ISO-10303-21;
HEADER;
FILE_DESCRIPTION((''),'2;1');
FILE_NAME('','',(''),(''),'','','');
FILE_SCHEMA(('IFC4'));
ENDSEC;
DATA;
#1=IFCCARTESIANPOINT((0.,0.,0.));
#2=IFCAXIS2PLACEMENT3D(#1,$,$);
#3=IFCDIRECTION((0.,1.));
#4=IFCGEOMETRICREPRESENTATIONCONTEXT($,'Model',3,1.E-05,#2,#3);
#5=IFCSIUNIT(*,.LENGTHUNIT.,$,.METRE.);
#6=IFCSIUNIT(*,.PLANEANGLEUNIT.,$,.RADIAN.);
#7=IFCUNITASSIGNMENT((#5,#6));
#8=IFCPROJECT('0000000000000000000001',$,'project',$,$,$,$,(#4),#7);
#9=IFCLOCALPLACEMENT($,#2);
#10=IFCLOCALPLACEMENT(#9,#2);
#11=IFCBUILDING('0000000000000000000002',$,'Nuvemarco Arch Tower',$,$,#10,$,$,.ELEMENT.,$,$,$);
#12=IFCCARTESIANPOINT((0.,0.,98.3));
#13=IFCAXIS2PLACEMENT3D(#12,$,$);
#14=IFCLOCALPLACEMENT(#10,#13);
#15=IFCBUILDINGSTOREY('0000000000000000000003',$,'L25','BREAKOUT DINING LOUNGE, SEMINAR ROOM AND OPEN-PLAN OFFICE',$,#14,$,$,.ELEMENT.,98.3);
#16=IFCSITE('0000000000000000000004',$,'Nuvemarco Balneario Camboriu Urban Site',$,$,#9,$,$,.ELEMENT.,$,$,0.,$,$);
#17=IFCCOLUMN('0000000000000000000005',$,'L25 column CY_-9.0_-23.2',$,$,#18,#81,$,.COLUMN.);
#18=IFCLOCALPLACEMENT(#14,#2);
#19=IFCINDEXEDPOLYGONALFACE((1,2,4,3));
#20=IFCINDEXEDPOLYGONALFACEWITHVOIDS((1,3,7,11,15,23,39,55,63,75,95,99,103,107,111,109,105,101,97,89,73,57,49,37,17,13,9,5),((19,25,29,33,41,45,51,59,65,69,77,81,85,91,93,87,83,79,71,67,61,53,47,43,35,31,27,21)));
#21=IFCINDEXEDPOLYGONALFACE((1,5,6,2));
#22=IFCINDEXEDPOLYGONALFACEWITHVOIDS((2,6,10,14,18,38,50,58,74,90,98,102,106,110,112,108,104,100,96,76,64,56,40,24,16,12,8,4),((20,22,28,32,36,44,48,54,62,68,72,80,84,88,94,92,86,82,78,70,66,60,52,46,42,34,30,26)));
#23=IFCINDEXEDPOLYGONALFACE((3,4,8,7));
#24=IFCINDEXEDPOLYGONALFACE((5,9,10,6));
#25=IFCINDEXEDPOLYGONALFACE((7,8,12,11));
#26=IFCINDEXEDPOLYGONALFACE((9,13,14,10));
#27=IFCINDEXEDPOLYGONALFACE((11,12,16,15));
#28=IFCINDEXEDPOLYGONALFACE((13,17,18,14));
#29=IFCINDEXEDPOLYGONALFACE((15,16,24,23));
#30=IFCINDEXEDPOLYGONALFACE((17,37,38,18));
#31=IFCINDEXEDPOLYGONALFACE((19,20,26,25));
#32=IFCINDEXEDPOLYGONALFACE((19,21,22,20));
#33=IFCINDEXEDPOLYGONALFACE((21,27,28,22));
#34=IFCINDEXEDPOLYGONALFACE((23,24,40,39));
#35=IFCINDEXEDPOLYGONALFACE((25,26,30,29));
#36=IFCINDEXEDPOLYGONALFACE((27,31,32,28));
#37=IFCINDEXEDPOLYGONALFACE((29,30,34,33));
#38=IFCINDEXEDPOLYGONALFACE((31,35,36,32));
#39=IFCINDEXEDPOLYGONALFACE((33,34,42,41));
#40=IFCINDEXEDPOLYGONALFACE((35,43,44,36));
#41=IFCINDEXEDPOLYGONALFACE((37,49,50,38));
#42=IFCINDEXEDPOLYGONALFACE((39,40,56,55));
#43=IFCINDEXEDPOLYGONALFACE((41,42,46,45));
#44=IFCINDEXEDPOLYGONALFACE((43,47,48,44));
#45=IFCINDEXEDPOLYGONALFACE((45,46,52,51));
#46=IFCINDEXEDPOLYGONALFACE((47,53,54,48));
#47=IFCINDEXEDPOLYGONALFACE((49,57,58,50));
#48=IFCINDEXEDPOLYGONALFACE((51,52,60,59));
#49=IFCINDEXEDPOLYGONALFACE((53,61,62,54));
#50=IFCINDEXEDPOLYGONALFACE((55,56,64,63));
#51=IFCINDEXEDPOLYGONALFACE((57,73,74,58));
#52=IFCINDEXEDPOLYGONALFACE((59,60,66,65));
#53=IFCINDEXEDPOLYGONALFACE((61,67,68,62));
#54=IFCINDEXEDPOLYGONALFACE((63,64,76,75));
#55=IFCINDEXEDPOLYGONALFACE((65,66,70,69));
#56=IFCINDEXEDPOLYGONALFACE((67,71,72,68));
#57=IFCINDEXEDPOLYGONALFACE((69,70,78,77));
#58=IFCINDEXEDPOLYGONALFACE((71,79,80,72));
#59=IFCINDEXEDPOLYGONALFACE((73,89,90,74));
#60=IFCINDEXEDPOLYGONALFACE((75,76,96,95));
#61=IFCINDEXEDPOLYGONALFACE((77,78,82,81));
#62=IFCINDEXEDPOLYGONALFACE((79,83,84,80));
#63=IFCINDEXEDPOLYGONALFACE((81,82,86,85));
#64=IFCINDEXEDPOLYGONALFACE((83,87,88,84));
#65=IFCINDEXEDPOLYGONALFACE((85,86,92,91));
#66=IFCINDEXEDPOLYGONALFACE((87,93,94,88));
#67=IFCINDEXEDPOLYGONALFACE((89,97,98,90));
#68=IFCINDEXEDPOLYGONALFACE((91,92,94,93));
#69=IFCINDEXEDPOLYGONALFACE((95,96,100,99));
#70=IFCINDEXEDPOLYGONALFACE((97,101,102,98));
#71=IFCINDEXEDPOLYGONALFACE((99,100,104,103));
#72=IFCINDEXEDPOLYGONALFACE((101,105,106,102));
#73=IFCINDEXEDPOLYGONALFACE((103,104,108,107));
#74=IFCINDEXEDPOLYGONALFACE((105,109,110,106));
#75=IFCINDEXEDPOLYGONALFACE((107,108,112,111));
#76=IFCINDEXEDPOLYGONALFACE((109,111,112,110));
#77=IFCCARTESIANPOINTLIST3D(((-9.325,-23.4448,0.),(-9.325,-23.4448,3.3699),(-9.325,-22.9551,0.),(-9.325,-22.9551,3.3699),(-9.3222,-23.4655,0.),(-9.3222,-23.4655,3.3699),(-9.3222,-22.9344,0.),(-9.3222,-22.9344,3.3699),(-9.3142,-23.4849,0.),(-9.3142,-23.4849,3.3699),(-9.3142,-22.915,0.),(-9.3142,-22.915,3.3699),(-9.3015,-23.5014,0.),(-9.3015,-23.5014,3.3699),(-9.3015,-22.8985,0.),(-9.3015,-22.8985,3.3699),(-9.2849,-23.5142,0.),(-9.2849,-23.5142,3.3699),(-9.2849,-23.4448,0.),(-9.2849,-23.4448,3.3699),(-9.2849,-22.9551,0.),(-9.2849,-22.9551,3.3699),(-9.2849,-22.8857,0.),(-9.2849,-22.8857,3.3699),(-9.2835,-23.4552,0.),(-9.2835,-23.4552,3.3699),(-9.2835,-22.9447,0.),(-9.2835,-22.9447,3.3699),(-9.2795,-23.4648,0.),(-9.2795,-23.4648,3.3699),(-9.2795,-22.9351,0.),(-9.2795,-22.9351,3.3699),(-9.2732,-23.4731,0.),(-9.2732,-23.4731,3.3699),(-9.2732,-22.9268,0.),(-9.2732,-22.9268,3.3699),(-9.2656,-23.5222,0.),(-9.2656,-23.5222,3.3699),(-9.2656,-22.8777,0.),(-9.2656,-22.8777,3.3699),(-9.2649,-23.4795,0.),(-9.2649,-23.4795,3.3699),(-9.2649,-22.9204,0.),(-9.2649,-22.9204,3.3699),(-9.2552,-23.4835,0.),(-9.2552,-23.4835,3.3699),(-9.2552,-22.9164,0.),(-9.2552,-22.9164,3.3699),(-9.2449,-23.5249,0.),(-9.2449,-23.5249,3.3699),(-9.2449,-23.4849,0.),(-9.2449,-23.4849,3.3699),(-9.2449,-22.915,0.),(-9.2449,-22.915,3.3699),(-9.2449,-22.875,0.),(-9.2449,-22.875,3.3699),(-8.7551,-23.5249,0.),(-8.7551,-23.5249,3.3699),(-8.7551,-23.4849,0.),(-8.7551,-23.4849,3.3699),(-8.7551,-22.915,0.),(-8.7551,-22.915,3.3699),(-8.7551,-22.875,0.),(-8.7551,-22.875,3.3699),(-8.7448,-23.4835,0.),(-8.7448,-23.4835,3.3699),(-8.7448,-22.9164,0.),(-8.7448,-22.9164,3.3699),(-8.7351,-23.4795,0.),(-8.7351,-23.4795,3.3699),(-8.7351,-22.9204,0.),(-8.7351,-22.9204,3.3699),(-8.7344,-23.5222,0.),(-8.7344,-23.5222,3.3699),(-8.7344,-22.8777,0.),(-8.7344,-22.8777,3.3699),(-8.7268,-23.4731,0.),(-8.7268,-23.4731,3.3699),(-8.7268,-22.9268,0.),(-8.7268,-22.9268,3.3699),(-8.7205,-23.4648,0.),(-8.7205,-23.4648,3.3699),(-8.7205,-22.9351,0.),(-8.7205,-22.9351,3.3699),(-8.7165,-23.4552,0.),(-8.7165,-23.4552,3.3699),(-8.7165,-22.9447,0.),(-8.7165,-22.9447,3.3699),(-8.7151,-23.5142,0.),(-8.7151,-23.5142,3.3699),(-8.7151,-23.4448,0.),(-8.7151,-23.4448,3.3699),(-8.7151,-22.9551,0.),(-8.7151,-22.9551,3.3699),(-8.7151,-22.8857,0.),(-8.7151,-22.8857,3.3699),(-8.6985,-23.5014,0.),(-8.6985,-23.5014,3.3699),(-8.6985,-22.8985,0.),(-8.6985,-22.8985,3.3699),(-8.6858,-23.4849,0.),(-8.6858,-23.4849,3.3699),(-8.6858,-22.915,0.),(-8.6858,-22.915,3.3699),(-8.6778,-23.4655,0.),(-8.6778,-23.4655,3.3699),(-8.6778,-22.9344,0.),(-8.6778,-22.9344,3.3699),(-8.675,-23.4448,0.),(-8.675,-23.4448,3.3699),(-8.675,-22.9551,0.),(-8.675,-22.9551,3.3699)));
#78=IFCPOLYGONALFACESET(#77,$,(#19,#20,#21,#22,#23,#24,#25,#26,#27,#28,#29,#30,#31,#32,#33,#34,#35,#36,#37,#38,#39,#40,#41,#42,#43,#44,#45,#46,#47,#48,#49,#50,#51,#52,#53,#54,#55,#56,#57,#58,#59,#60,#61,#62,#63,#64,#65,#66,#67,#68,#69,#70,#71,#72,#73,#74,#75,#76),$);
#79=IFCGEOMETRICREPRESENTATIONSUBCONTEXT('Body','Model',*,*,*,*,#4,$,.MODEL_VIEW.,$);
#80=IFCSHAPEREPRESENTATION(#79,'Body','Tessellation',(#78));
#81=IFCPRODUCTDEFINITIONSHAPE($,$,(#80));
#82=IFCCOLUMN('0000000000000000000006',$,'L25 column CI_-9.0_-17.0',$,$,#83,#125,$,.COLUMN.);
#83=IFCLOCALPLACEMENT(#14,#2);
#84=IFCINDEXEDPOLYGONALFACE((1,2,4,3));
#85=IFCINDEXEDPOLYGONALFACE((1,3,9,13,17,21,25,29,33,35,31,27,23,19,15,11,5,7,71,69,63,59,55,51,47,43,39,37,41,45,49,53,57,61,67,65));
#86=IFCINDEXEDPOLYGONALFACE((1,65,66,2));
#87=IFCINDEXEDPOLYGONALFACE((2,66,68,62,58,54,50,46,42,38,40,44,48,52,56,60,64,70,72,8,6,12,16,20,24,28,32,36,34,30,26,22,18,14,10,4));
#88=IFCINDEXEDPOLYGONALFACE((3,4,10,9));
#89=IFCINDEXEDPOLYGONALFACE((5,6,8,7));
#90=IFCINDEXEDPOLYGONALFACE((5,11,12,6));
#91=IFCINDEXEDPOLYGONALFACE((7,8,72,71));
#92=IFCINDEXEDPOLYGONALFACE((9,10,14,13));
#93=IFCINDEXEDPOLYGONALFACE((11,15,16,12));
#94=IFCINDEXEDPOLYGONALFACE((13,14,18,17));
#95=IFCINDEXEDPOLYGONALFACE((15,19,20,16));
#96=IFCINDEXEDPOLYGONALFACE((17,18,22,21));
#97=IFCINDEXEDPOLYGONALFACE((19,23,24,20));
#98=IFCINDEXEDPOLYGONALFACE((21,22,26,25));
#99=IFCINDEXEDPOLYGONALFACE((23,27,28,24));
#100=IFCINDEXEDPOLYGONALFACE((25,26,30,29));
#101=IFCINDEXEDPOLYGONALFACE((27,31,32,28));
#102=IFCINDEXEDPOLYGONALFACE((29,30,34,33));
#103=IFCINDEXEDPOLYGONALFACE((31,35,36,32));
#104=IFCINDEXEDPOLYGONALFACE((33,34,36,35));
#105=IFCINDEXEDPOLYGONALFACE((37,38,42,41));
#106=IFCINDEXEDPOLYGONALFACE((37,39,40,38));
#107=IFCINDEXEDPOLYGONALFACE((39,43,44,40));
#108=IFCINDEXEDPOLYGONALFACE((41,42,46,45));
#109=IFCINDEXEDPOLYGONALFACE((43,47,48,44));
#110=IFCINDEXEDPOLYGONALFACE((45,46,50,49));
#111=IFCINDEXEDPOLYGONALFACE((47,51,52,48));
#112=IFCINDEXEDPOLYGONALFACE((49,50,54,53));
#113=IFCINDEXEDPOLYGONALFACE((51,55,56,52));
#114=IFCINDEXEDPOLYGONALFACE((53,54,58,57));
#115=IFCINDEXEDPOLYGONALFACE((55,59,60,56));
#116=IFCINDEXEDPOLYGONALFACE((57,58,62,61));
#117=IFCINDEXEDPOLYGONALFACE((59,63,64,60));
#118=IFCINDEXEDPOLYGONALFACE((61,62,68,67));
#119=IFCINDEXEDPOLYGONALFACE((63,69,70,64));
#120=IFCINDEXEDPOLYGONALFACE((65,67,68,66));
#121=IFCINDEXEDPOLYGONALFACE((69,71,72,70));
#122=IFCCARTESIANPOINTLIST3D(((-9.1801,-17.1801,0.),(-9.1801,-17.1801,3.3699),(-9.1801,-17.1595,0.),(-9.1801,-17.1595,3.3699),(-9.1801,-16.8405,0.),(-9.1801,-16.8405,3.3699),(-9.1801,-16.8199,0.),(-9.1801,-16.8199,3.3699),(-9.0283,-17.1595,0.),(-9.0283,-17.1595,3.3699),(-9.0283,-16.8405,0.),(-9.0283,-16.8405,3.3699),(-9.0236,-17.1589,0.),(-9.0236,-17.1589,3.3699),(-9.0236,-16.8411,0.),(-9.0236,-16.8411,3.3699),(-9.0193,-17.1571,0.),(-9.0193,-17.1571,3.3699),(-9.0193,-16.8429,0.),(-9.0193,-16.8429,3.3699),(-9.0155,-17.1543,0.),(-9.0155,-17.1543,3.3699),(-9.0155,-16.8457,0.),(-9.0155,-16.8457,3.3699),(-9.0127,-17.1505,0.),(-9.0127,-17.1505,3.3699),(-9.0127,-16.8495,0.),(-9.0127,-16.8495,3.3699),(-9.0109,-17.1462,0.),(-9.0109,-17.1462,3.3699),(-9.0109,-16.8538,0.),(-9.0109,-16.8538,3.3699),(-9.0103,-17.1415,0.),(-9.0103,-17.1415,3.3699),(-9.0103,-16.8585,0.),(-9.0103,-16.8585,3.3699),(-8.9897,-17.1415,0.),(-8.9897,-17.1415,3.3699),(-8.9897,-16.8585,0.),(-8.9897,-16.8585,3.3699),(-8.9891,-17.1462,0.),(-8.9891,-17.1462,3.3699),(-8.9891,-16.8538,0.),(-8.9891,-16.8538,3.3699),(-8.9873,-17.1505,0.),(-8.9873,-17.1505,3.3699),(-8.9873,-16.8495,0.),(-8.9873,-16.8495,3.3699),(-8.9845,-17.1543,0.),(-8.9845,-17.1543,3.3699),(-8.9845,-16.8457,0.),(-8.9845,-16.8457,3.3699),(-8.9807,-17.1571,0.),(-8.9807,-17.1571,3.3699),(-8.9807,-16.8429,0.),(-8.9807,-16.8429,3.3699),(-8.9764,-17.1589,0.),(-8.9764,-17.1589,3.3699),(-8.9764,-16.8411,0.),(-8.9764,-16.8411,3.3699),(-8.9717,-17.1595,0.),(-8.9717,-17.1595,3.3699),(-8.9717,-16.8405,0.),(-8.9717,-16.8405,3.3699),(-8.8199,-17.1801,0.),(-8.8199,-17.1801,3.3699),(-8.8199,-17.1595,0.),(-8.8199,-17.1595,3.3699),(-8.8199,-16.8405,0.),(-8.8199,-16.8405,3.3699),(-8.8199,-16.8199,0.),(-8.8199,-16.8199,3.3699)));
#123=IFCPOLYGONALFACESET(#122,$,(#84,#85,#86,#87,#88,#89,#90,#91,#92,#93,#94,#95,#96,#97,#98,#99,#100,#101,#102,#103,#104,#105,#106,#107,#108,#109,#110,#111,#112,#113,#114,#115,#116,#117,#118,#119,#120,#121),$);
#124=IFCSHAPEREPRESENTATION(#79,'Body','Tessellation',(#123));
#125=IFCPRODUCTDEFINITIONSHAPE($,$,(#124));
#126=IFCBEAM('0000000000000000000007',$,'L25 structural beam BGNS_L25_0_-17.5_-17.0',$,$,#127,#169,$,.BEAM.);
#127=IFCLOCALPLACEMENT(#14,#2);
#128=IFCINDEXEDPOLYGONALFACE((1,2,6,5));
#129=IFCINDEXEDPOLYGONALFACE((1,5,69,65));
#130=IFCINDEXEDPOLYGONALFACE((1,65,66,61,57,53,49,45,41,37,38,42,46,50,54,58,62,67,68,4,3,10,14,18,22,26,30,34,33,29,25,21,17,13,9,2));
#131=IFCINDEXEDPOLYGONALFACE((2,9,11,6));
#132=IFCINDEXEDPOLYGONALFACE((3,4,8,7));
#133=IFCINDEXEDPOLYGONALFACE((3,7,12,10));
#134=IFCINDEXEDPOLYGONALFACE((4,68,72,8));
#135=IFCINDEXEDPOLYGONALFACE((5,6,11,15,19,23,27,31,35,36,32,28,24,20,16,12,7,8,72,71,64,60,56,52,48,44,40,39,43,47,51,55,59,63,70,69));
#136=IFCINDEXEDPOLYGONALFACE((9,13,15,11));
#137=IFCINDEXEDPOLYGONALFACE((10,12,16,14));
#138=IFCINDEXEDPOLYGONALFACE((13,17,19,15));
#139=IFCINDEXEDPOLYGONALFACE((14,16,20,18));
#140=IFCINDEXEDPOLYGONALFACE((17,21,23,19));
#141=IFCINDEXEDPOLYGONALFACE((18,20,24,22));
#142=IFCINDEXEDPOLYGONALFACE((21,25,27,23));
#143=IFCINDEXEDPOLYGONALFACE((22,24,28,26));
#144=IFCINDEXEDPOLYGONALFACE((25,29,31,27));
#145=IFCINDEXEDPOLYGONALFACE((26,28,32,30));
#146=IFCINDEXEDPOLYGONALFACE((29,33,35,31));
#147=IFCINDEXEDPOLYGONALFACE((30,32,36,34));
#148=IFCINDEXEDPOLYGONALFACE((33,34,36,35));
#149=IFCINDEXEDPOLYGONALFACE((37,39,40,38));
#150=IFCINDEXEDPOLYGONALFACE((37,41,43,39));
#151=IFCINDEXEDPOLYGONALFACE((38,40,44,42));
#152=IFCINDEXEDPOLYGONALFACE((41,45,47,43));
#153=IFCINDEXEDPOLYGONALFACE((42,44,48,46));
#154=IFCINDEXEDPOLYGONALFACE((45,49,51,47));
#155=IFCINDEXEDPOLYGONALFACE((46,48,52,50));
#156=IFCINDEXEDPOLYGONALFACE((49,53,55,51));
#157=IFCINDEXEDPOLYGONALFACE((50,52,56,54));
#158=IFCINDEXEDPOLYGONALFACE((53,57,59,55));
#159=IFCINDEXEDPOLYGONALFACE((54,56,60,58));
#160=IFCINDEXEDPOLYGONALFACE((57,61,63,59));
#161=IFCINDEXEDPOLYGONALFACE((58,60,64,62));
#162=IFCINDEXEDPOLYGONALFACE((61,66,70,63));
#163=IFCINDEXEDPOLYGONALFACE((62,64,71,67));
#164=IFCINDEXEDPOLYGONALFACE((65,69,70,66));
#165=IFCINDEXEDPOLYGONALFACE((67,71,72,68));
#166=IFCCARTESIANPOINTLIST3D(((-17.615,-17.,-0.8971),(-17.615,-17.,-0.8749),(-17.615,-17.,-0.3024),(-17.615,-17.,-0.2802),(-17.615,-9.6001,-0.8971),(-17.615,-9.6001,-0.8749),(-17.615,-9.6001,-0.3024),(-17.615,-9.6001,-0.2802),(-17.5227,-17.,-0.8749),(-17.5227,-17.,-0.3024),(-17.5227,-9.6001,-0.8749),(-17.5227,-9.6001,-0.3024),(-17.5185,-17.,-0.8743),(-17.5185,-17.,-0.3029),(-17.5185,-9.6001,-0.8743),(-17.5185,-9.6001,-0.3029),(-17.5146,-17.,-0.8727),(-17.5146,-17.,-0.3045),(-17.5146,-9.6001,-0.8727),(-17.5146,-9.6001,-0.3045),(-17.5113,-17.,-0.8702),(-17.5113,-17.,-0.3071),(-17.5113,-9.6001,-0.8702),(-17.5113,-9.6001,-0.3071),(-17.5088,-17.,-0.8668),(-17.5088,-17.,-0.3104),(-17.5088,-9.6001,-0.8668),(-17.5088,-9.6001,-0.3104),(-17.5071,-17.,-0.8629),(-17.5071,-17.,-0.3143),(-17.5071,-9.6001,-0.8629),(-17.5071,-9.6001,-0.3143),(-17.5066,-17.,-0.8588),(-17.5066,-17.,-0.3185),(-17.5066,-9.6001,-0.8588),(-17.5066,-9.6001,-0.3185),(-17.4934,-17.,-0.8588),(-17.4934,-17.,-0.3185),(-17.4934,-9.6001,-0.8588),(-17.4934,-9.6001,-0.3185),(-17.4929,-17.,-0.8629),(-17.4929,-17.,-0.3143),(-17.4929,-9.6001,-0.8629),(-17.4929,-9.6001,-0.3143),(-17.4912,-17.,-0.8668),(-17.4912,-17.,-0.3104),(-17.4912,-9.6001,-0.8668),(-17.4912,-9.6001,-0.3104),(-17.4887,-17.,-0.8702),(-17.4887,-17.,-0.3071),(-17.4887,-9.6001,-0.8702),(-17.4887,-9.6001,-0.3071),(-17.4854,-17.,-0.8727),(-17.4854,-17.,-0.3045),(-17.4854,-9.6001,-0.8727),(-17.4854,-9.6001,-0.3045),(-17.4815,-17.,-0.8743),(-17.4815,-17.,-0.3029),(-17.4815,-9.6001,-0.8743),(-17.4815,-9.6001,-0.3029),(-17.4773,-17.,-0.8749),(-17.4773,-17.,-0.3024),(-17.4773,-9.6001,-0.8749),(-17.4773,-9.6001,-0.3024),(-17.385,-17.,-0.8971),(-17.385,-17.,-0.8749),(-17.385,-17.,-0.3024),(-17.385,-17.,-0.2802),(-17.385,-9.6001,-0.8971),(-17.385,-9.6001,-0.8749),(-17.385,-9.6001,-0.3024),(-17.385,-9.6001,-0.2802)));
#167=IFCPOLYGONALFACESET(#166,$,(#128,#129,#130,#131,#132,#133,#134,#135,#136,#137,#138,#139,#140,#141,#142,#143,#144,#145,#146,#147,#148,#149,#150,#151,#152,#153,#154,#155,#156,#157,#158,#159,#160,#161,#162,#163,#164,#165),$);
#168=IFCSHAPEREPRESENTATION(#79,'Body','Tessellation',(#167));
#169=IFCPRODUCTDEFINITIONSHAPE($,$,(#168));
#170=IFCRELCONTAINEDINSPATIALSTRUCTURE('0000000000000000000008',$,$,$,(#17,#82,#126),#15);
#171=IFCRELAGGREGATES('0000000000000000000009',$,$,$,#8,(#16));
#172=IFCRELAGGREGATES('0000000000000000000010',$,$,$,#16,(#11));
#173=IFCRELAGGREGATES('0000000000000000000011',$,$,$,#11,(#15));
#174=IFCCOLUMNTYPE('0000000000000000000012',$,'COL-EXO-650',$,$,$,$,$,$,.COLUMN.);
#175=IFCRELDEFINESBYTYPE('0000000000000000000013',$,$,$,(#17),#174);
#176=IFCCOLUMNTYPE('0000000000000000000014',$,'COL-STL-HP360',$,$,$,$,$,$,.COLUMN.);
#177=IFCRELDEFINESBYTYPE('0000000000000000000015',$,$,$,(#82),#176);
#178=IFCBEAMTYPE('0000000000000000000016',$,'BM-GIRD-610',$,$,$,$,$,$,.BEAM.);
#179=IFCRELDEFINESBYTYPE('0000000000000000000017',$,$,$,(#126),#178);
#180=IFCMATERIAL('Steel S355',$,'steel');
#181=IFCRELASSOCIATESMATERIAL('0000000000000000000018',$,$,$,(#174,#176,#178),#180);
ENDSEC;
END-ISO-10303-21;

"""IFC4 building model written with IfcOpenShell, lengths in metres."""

from ifc_helpers import new_model, si_unit, direction, frame, origin, origin_2d, place, context, subcontext, project, spatial, hollow_rectangle, i_section, extrude, material, material_profile, profile_set, type_object, element, save


model = new_model("IFC4")

# Units and contexts
model_context = context("Model", 3, precision=1e-05, world=origin(), true_north=direction((0.0, 1.0)))
body_context = subcontext(model_context, "Body", "Model", "MODEL_VIEW")
ifc_project = project(units=[si_unit("LENGTHUNIT", "METRE"), si_unit("PLANEANGLEUNIT", "RADIAN")], contexts=[model_context])

# Site, building, storey
site_placement = place(None, origin())
site = spatial("IfcSite", under=ifc_project, at=site_placement, Name="Nuvemarco Balneario Camboriu Urban Site", CompositionType="ELEMENT", RefElevation=0.0)
building_placement = place(site_placement, origin())
building = spatial("IfcBuilding", under=site, at=building_placement, Name="Nuvemarco Arch Tower", CompositionType="ELEMENT")
storey_placement = place(building_placement, frame((0.0, 0.0, 98.3)))
storey = spatial("IfcBuildingStorey", under=building, at=storey_placement, Name="L25", Description="BREAKOUT DINING LOUNGE, SEMINAR ROOM AND OPEN-PLAN OFFICE", CompositionType="ELEMENT", Elevation=98.3)

# Columns
ifc_material_1 = material(Name="Steel S355", Category="steel")
ifc_material_profile_1 = material_profile(ifc_material_1, hollow_rectangle(XDim=0.6499, YDim=0.6499, WallThickness=0.04, InnerFilletRadius=0.04, OuterFilletRadius=0.0801, at=origin_2d()), Name="SHS650x650x40")
ifc_profile_set_1 = profile_set([ifc_material_profile_1], Name="Steel S355")
column_type_1 = type_object("IfcColumnType", Name="COL-EXO-650", PredefinedType="COLUMN", material=ifc_profile_set_1)
column_1_placement = place(storey_placement, frame((-9.0, -23.2, 0.0), z_axis=(0.0, 0.0, 1.0), x_axis=(1.0, 0.0, 0.0)))
element("IfcColumn", 1, at=column_1_placement, inside=storey, type_object=column_type_1, Name="L25 column CY_-9.0_-23.2", PredefinedType="COLUMN", context=body_context, shape_type="SweptSolid", body=[
    extrude(hollow_rectangle(XDim=0.6499, YDim=0.6499, WallThickness=0.04, InnerFilletRadius=0.04, OuterFilletRadius=0.0801, at=origin_2d()), origin(), (0.0, 0.0, 1.0), 3.3699),
])
ifc_material_profile_2 = material_profile(ifc_material_1, i_section(OverallWidth=0.3601, OverallDepth=0.3601, WebThickness=0.0205, FlangeThickness=0.0205, FilletRadius=0.0181, at=origin_2d()), Name="HP360x174")
ifc_profile_set_2 = profile_set([ifc_material_profile_2], Name="Steel S355")
column_type_2 = type_object("IfcColumnType", Name="COL-STL-HP360", PredefinedType="COLUMN", material=ifc_profile_set_2)
column_2_placement = place(storey_placement, frame((-9.0, -17.0, 0.0), z_axis=(0.0, 0.0, 1.0), x_axis=(1.0, 0.0, 0.0)))
element("IfcColumn", 2, at=column_2_placement, inside=storey, type_object=column_type_2, Name="L25 column CI_-9.0_-17.0", PredefinedType="COLUMN", context=body_context, shape_type="SweptSolid", body=[
    extrude(i_section(OverallWidth=0.3601, OverallDepth=0.3601, WebThickness=0.0205, FlangeThickness=0.0205, FilletRadius=0.0181, at=origin_2d()), origin(), (0.0, 0.0, 1.0), 3.3699),
])

# Beam
ifc_material_profile_3 = material_profile(ifc_material_1, i_section(OverallWidth=0.23, OverallDepth=0.6169, WebThickness=0.0132, FlangeThickness=0.0222, FilletRadius=0.0161, at=origin_2d()), Name="W610x140")
ifc_profile_set_3 = profile_set([ifc_material_profile_3], Name="Steel S355")
beam_type_1 = type_object("IfcBeamType", Name="BM-GIRD-610", PredefinedType="BEAM", material=ifc_profile_set_3)
beam_1_placement = place(storey_placement, frame((-17.5, -17.0, -0.5886), z_axis=(0.0, 1.0, 0.0), x_axis=(-1.0, 0.0, 0.0)))
element("IfcBeam", 3, at=beam_1_placement, inside=storey, type_object=beam_type_1, Name="L25 structural beam BGNS_L25_0_-17.5_-17.0", PredefinedType="BEAM", context=body_context, shape_type="SweptSolid", body=[
    extrude(i_section(OverallWidth=0.23, OverallDepth=0.6169, WebThickness=0.0132, FlangeThickness=0.0222, FilletRadius=0.0161, at=origin_2d()), origin(), (0.0, 0.0, 1.0), 7.3999),
])

save(model, "model.ifc")
